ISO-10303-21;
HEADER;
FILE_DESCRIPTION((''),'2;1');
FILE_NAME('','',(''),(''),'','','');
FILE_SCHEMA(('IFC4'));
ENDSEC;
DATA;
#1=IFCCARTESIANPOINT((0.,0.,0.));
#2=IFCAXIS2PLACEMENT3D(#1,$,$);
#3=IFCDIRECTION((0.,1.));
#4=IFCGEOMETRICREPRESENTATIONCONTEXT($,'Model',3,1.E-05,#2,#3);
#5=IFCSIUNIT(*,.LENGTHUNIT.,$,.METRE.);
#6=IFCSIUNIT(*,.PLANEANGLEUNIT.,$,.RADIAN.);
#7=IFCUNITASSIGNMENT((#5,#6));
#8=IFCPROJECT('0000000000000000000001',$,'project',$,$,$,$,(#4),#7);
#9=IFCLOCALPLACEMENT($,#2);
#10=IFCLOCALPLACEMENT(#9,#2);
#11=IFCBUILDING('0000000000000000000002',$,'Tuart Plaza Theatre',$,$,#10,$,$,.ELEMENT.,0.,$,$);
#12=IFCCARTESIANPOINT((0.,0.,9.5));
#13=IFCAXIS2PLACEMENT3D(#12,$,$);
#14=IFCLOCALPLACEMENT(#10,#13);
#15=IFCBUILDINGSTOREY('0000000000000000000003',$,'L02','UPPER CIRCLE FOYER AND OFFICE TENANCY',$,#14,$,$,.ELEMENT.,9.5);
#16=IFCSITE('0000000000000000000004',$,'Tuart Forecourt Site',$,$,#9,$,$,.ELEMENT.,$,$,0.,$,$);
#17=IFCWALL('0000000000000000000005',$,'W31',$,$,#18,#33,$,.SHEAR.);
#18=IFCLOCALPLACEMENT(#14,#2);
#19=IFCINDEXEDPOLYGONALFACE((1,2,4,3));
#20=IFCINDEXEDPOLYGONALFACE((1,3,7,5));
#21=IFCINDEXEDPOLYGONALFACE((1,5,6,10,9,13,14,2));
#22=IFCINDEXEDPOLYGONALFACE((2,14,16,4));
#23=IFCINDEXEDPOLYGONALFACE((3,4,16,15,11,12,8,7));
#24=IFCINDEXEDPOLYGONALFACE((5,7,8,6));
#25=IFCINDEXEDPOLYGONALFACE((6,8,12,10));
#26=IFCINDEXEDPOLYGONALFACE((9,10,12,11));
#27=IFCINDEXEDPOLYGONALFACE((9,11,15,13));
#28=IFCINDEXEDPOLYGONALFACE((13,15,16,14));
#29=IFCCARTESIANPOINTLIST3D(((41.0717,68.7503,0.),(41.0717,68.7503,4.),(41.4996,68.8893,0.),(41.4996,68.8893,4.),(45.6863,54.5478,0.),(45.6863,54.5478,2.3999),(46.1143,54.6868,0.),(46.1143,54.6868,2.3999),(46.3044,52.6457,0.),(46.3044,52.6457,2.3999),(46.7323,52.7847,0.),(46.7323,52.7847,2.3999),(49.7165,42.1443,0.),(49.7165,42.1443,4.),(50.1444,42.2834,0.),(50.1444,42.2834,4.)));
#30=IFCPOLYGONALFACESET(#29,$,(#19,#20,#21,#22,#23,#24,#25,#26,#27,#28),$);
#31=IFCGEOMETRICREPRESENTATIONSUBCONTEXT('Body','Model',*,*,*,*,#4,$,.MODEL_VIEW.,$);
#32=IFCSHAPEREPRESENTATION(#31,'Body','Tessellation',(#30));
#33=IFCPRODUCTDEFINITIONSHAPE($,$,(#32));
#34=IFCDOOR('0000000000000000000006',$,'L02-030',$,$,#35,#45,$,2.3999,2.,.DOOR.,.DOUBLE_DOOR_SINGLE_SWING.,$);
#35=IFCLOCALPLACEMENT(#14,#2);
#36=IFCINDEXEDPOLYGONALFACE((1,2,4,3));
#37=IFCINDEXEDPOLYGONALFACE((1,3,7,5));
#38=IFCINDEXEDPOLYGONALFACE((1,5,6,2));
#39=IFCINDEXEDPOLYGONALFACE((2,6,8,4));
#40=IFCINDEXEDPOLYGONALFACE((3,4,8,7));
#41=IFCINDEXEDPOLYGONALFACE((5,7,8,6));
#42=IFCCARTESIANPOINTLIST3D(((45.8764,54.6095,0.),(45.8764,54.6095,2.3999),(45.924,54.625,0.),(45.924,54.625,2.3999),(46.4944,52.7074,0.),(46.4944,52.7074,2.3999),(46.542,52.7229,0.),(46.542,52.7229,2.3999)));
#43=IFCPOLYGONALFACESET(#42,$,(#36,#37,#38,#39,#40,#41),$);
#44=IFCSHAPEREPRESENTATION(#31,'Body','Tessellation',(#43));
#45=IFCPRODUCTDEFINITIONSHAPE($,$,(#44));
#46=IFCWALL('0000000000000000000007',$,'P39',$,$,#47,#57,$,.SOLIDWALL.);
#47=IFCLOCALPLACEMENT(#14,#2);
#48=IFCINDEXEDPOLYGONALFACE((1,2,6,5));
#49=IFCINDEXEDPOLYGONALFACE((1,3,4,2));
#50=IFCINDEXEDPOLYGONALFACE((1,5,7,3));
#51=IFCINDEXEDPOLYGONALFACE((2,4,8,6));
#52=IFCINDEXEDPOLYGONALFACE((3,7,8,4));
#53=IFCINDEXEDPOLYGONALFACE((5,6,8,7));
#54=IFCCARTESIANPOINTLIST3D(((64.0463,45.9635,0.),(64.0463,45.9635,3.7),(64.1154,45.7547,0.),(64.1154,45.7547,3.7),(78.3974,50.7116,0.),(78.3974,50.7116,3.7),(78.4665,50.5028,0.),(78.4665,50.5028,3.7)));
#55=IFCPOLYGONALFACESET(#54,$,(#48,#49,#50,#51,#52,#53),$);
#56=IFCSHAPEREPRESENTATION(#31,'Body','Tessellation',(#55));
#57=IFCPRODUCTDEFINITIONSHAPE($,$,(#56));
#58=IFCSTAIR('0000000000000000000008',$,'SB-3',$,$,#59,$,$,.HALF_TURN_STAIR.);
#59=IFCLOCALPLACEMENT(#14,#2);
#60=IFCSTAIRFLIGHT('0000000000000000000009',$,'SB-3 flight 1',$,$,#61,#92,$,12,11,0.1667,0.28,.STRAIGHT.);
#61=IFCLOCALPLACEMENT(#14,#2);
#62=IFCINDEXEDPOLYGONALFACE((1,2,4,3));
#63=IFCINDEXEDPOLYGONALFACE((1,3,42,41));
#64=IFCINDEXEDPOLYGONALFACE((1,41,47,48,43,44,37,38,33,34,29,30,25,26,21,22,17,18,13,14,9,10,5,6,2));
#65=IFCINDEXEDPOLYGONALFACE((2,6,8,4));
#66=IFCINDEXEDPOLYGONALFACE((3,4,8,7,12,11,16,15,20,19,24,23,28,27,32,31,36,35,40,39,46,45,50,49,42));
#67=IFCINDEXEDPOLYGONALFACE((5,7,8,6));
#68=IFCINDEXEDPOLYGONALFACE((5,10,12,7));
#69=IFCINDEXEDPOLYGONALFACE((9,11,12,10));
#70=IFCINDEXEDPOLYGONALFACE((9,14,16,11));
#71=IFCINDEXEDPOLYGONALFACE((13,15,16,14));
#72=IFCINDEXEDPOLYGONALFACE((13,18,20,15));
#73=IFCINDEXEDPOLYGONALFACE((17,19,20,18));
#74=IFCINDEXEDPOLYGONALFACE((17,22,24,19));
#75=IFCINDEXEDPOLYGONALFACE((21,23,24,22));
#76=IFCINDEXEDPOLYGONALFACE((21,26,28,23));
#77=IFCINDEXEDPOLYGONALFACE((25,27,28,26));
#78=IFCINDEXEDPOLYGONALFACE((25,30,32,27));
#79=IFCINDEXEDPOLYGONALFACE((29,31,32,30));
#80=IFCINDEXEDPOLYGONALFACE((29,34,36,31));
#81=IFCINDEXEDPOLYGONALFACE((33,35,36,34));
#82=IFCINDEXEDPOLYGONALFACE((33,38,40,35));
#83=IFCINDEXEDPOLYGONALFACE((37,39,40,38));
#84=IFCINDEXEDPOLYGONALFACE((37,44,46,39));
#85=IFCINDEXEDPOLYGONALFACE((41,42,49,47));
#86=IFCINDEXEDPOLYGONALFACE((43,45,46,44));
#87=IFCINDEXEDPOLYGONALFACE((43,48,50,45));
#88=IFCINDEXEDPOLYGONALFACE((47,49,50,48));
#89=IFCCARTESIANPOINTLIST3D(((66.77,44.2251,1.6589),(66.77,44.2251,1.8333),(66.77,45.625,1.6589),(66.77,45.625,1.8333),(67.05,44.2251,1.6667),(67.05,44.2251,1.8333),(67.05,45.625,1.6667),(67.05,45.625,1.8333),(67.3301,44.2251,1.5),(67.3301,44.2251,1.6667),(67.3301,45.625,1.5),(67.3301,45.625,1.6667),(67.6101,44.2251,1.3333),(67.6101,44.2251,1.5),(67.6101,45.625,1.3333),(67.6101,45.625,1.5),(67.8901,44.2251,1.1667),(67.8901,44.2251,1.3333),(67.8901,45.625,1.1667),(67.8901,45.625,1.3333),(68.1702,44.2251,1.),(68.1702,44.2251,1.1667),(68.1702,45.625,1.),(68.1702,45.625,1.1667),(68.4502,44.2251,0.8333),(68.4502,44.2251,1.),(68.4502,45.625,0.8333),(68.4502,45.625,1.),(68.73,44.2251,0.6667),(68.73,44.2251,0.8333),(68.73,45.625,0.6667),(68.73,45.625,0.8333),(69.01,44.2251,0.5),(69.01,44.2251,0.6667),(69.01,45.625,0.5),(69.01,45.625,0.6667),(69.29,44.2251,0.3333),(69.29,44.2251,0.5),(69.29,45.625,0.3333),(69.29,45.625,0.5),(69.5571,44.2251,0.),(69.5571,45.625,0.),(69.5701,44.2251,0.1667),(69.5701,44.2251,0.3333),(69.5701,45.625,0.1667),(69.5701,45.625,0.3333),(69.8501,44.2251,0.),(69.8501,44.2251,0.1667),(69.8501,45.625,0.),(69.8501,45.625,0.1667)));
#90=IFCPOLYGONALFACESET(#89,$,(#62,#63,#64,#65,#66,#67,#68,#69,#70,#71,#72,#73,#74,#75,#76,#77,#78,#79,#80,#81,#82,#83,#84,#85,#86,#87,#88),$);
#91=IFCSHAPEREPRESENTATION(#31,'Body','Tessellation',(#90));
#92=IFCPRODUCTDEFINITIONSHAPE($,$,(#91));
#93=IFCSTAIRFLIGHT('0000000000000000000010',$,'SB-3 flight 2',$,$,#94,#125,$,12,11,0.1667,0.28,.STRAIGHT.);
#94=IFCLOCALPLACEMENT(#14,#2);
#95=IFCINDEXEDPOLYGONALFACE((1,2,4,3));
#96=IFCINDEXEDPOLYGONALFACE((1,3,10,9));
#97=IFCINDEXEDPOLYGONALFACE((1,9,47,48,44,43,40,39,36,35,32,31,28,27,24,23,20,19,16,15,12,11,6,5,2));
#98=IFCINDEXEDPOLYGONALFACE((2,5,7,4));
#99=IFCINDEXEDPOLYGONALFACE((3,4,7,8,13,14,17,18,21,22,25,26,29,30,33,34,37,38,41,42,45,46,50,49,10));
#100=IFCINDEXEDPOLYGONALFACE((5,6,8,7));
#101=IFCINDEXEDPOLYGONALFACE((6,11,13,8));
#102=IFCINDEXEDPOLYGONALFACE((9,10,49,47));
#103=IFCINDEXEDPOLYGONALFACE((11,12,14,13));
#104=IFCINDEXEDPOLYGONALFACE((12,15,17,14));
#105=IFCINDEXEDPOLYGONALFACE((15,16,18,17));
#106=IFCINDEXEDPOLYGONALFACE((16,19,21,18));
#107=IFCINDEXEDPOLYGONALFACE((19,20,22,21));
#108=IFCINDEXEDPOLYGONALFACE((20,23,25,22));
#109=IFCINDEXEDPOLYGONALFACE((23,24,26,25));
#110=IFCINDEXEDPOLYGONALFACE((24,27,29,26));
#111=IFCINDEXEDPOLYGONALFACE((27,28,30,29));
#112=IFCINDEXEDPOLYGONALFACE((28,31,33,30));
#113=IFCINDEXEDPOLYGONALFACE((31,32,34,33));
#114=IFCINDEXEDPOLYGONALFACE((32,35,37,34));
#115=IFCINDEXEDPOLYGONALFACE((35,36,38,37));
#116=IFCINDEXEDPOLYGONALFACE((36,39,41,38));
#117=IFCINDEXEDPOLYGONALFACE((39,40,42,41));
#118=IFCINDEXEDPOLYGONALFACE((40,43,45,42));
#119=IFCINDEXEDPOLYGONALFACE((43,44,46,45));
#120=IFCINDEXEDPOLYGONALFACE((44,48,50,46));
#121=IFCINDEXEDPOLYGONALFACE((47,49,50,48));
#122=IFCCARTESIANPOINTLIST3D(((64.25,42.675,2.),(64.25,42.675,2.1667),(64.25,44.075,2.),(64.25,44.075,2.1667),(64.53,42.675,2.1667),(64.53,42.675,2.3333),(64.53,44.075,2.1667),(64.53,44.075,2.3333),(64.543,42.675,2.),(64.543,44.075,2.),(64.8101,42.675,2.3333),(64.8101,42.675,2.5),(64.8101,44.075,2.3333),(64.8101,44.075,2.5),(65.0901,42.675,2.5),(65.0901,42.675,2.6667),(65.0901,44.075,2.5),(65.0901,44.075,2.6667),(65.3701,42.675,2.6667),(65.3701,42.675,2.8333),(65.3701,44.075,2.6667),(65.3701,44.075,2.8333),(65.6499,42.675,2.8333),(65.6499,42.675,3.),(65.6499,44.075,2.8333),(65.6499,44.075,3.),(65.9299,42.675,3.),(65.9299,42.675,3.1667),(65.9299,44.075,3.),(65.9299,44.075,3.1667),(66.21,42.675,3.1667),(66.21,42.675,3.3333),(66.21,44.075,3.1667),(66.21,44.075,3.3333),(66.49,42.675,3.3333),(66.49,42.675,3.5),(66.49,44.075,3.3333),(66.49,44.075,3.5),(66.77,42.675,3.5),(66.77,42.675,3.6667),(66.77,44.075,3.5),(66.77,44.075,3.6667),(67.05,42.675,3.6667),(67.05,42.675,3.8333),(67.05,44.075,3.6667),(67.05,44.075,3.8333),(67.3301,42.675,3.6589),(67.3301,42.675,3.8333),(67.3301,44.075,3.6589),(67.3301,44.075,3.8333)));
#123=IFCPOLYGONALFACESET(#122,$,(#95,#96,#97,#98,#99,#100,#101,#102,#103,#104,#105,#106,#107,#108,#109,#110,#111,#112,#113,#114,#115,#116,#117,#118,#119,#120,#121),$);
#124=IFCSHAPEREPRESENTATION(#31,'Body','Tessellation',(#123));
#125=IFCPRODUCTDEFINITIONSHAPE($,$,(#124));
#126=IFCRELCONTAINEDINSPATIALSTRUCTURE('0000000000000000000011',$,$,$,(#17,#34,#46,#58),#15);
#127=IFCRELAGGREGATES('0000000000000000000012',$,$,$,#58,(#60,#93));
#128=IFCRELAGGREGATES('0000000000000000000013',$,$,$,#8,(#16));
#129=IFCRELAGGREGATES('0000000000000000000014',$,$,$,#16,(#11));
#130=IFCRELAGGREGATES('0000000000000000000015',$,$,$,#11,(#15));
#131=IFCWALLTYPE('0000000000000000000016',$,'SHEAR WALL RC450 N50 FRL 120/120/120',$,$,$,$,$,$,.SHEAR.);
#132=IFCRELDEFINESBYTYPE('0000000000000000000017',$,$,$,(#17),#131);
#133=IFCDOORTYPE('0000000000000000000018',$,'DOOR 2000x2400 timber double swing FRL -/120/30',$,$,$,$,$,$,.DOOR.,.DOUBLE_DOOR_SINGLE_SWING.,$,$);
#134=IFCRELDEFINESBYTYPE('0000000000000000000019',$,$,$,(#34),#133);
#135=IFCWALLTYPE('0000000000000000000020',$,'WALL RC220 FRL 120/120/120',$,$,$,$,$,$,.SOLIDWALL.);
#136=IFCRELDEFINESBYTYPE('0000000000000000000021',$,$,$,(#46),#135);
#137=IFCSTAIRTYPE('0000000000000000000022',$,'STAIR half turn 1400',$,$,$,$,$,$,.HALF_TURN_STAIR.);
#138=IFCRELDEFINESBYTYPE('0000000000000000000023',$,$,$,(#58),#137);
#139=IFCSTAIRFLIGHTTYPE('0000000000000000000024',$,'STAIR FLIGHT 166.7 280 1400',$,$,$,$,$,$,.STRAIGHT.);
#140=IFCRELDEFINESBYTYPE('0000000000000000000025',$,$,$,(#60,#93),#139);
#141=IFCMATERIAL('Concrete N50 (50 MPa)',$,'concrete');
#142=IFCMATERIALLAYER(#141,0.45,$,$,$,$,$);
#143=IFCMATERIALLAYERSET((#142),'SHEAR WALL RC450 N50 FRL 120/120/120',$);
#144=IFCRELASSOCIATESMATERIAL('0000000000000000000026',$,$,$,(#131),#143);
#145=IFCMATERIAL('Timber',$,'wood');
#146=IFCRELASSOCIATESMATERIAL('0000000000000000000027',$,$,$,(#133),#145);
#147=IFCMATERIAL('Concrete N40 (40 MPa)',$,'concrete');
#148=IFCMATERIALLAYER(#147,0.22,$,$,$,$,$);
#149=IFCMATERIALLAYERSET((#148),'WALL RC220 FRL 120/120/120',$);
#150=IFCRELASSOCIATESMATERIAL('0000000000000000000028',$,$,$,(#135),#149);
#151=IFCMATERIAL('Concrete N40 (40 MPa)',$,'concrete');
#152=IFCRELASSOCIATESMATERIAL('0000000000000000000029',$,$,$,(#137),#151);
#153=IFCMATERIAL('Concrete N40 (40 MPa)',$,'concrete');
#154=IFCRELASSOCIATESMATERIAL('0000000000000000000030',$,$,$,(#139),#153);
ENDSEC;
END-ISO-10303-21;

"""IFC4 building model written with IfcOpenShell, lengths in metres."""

from ifc_helpers import new_model, si_unit, direction, frame, frame_2d, origin, place, context, subcontext, project, spatial, polyline, rectangle, outline, extrude, material, layer, layer_set, type_object, element, fill, aggregate, save


model = new_model("IFC4")

# Units and contexts
model_context = context("Model", 3, precision=1e-05, world=origin(), true_north=direction((0.0, 1.0)))
body_context = subcontext(model_context, "Body", "Model", "MODEL_VIEW")
ifc_project = project(units=[si_unit("LENGTHUNIT", "METRE"), si_unit("PLANEANGLEUNIT", "RADIAN")], contexts=[model_context])

# Site, building, storey
site_placement = place(None, origin())
site = spatial("IfcSite", under=ifc_project, at=site_placement, Name="Tuart Forecourt Site", CompositionType="ELEMENT", RefElevation=0.0)
building_placement = place(site_placement, origin())
building = spatial("IfcBuilding", under=site, at=building_placement, Name="Tuart Plaza Theatre", CompositionType="ELEMENT", ElevationOfRefHeight=0.0)
storey_placement = place(building_placement, frame((0.0, 0.0, 9.5)))
storey = spatial("IfcBuildingStorey", under=building, at=storey_placement, Name="L02", Description="UPPER CIRCLE FOYER AND OFFICE TENANCY", CompositionType="ELEMENT", Elevation=9.5)

# Shared definitions
ifc_material_1 = material(Name="Concrete N50 (50 MPa)", Category="concrete")
ifc_layer_1 = layer(ifc_material_1, 0.45)
ifc_layer_set_1 = layer_set([ifc_layer_1], Name="SHEAR WALL RC450 N50 FRL 120/120/120")
wall_type_1 = type_object("IfcWallType", Name="SHEAR WALL RC450 N50 FRL 120/120/120", PredefinedType="SHEAR", material=ifc_layer_set_1)

# Wall, opening, door
wall_1_placement = place(storey_placement, frame((49.9304, 42.2139, 0.0), z_axis=(0.0, 0.0, 1.0), x_axis=(-0.309016, 0.951057, 0.0)))
wall_1 = element("IfcWall", 1, at=wall_1_placement, inside=storey, type_object=wall_type_1, Name="W31", PredefinedType="SHEAR", context=body_context, shape_type="SweptSolid", body=[
    extrude(rectangle(XDim=27.9751, YDim=0.45, at=frame_2d((13.9875, 0.0))), origin(), (0.0, 0.0, 1.0), 4.0),
])
opening_1_placement = place(wall_1_placement, frame((11.0417, 0.0, 0.0)))
opening_1 = element("IfcOpeningElement", 2, at=opening_1_placement, cuts=wall_1, PredefinedType="OPENING", context=body_context, shape_type="SweptSolid", body=[
    extrude(rectangle(XDim=2.0, YDim=2.3999, at=frame_2d((1.0, 1.2))), frame((0.0, 0.2349, 0.0), z_axis=(0.0, -1.0, 0.0), x_axis=(1.0, 0.0, 0.0)), (0.0, 0.0, 1.0), 0.47),
])
ifc_material_2 = material(Name="Timber", Category="wood")
door_type_1 = type_object("IfcDoorType", Name="DOOR 2000x2400 timber double swing FRL -/120/30", OperationType="DOUBLE_DOOR_SINGLE_SWING", PredefinedType="DOOR", material=ifc_material_2)
door_1_placement = place(opening_1_placement, frame((2.0, 0.0, 0.0), z_axis=(0.0, 0.0, 1.0), x_axis=(-1.0, 0.0, 0.0)))
door_1 = element("IfcDoor", 3, at=door_1_placement, inside=storey, type_object=door_type_1, Name="L02-030", OperationType="DOUBLE_DOOR_SINGLE_SWING", OverallHeight=2.3999, OverallWidth=2.0, PredefinedType="DOOR", context=body_context, shape_type="SweptSolid", body=[
    extrude(rectangle(XDim=2.0, YDim=2.3999, at=frame_2d((1.0, 1.2))), frame((0.0, 0.0249, 0.0), z_axis=(0.0, -1.0, 0.0), x_axis=(1.0, 0.0, 0.0)), (0.0, 0.0, 1.0), 0.05),
])
fill(opening_1, door_1)

# Wall
ifc_material_3 = material(Name="Concrete N40 (40 MPa)", Category="concrete")
ifc_layer_2 = layer(ifc_material_3, 0.22)
ifc_layer_set_2 = layer_set([ifc_layer_2], Name="WALL RC220 FRL 120/120/120")
wall_type_2 = type_object("IfcWallType", Name="WALL RC220 FRL 120/120/120", PredefinedType="SOLIDWALL", material=ifc_layer_set_2)
wall_2_placement = place(storey_placement, frame((64.0808, 45.8591, 0.0), z_axis=(0.0, 0.0, 1.0), x_axis=(0.949388, 0.314105, 0.0)))
element("IfcWall", 4, at=wall_2_placement, inside=storey, type_object=wall_type_2, Name="P39", PredefinedType="SOLIDWALL", context=body_context, shape_type="SweptSolid", body=[
    extrude(rectangle(XDim=15.1162, YDim=0.22, at=frame_2d((7.5581, 0.0))), origin(), (0.0, 0.0, 1.0), 3.7),
])

# Stair, stair flights
ifc_material_4 = material(Name="Concrete N40 (40 MPa)", Category="concrete")
stair_type = type_object("IfcStairType", Name="STAIR half turn 1400", PredefinedType="HALF_TURN_STAIR", material=ifc_material_4)
stair_placement = place(storey_placement, origin())
stair = element("IfcStair", 5, at=stair_placement, inside=storey, type_object=stair_type, Name="SB-3", PredefinedType="HALF_TURN_STAIR")
ifc_material_5 = material(Name="Concrete N40 (40 MPa)", Category="concrete")
stair_flight_type = type_object("IfcStairFlightType", Name="STAIR FLIGHT 166.7 280 1400", PredefinedType="STRAIGHT", material=ifc_material_5)
stair_flight_1_placement = place(storey_placement, frame((69.8501, 44.925, 0.0), z_axis=(0.0, 0.0, 1.0), x_axis=(-1.0, 0.0, 0.0)))
stair_flight_1 = element("IfcStairFlight", 6, at=stair_flight_1_placement, type_object=stair_flight_type, Name="SB-3 flight 1", NumberOfRisers=12, NumberOfTreads=11, PredefinedType="STRAIGHT", RiserHeight=0.1667, TreadLength=0.28, context=body_context, shape_type="SweptSolid", body=[
    extrude(outline(polyline([(0.0, 0.0), (0.0, 0.1667), (0.28, 0.1667), (0.28, 0.3333), (0.5601, 0.3333), (0.5601, 0.5), (0.8401, 0.5), (0.8401, 0.6667), (1.1201, 0.6667), (1.1201, 0.8333), (1.3999, 0.8333), (1.3999, 1.0), (1.6799, 1.0), (1.6799, 1.1667), (1.96, 1.1667), (1.96, 1.3333), (2.24, 1.3333), (2.24, 1.5), (2.52, 1.5), (2.52, 1.6667), (2.8, 1.6667), (2.8, 1.8333), (3.0801, 1.8333), (3.0801, 2.0), (3.0801, 1.6589), (0.293, 0.0), (0.0, 0.0)])), frame((0.0, 0.7, 0.0), z_axis=(0.0, -1.0, 0.0), x_axis=(1.0, 0.0, 0.0)), (0.0, 0.0, 1.0), 1.3999),
])
stair_flight_2_placement = place(storey_placement, frame((64.25, 43.375, 2.0), z_axis=(0.0, 0.0, 1.0), x_axis=(1.0, 0.0, 0.0)))
stair_flight_2 = element("IfcStairFlight", 7, at=stair_flight_2_placement, type_object=stair_flight_type, Name="SB-3 flight 2", NumberOfRisers=12, NumberOfTreads=11, PredefinedType="STRAIGHT", RiserHeight=0.1667, TreadLength=0.28, context=body_context, shape_type="SweptSolid", body=[
    extrude(outline(polyline([(0.0, 0.0), (0.0, 0.1667), (0.28, 0.1667), (0.28, 0.3333), (0.5601, 0.3333), (0.5601, 0.5), (0.8401, 0.5), (0.8401, 0.6667), (1.1201, 0.6667), (1.1201, 0.8333), (1.3999, 0.8333), (1.3999, 1.0), (1.6799, 1.0), (1.6799, 1.1667), (1.96, 1.1667), (1.96, 1.3333), (2.24, 1.3333), (2.24, 1.5), (2.52, 1.5), (2.52, 1.6667), (2.8, 1.6667), (2.8, 1.8333), (3.0801, 1.8333), (3.0801, 2.0), (3.0801, 1.6589), (0.293, 0.0), (0.0, 0.0)])), frame((0.0, 0.7, 0.0), z_axis=(0.0, -1.0, 0.0), x_axis=(1.0, 0.0, 0.0)), (0.0, 0.0, 1.0), 1.3999),
])
aggregate(stair, [stair_flight_1, stair_flight_2])

save(model, "model.ifc")
